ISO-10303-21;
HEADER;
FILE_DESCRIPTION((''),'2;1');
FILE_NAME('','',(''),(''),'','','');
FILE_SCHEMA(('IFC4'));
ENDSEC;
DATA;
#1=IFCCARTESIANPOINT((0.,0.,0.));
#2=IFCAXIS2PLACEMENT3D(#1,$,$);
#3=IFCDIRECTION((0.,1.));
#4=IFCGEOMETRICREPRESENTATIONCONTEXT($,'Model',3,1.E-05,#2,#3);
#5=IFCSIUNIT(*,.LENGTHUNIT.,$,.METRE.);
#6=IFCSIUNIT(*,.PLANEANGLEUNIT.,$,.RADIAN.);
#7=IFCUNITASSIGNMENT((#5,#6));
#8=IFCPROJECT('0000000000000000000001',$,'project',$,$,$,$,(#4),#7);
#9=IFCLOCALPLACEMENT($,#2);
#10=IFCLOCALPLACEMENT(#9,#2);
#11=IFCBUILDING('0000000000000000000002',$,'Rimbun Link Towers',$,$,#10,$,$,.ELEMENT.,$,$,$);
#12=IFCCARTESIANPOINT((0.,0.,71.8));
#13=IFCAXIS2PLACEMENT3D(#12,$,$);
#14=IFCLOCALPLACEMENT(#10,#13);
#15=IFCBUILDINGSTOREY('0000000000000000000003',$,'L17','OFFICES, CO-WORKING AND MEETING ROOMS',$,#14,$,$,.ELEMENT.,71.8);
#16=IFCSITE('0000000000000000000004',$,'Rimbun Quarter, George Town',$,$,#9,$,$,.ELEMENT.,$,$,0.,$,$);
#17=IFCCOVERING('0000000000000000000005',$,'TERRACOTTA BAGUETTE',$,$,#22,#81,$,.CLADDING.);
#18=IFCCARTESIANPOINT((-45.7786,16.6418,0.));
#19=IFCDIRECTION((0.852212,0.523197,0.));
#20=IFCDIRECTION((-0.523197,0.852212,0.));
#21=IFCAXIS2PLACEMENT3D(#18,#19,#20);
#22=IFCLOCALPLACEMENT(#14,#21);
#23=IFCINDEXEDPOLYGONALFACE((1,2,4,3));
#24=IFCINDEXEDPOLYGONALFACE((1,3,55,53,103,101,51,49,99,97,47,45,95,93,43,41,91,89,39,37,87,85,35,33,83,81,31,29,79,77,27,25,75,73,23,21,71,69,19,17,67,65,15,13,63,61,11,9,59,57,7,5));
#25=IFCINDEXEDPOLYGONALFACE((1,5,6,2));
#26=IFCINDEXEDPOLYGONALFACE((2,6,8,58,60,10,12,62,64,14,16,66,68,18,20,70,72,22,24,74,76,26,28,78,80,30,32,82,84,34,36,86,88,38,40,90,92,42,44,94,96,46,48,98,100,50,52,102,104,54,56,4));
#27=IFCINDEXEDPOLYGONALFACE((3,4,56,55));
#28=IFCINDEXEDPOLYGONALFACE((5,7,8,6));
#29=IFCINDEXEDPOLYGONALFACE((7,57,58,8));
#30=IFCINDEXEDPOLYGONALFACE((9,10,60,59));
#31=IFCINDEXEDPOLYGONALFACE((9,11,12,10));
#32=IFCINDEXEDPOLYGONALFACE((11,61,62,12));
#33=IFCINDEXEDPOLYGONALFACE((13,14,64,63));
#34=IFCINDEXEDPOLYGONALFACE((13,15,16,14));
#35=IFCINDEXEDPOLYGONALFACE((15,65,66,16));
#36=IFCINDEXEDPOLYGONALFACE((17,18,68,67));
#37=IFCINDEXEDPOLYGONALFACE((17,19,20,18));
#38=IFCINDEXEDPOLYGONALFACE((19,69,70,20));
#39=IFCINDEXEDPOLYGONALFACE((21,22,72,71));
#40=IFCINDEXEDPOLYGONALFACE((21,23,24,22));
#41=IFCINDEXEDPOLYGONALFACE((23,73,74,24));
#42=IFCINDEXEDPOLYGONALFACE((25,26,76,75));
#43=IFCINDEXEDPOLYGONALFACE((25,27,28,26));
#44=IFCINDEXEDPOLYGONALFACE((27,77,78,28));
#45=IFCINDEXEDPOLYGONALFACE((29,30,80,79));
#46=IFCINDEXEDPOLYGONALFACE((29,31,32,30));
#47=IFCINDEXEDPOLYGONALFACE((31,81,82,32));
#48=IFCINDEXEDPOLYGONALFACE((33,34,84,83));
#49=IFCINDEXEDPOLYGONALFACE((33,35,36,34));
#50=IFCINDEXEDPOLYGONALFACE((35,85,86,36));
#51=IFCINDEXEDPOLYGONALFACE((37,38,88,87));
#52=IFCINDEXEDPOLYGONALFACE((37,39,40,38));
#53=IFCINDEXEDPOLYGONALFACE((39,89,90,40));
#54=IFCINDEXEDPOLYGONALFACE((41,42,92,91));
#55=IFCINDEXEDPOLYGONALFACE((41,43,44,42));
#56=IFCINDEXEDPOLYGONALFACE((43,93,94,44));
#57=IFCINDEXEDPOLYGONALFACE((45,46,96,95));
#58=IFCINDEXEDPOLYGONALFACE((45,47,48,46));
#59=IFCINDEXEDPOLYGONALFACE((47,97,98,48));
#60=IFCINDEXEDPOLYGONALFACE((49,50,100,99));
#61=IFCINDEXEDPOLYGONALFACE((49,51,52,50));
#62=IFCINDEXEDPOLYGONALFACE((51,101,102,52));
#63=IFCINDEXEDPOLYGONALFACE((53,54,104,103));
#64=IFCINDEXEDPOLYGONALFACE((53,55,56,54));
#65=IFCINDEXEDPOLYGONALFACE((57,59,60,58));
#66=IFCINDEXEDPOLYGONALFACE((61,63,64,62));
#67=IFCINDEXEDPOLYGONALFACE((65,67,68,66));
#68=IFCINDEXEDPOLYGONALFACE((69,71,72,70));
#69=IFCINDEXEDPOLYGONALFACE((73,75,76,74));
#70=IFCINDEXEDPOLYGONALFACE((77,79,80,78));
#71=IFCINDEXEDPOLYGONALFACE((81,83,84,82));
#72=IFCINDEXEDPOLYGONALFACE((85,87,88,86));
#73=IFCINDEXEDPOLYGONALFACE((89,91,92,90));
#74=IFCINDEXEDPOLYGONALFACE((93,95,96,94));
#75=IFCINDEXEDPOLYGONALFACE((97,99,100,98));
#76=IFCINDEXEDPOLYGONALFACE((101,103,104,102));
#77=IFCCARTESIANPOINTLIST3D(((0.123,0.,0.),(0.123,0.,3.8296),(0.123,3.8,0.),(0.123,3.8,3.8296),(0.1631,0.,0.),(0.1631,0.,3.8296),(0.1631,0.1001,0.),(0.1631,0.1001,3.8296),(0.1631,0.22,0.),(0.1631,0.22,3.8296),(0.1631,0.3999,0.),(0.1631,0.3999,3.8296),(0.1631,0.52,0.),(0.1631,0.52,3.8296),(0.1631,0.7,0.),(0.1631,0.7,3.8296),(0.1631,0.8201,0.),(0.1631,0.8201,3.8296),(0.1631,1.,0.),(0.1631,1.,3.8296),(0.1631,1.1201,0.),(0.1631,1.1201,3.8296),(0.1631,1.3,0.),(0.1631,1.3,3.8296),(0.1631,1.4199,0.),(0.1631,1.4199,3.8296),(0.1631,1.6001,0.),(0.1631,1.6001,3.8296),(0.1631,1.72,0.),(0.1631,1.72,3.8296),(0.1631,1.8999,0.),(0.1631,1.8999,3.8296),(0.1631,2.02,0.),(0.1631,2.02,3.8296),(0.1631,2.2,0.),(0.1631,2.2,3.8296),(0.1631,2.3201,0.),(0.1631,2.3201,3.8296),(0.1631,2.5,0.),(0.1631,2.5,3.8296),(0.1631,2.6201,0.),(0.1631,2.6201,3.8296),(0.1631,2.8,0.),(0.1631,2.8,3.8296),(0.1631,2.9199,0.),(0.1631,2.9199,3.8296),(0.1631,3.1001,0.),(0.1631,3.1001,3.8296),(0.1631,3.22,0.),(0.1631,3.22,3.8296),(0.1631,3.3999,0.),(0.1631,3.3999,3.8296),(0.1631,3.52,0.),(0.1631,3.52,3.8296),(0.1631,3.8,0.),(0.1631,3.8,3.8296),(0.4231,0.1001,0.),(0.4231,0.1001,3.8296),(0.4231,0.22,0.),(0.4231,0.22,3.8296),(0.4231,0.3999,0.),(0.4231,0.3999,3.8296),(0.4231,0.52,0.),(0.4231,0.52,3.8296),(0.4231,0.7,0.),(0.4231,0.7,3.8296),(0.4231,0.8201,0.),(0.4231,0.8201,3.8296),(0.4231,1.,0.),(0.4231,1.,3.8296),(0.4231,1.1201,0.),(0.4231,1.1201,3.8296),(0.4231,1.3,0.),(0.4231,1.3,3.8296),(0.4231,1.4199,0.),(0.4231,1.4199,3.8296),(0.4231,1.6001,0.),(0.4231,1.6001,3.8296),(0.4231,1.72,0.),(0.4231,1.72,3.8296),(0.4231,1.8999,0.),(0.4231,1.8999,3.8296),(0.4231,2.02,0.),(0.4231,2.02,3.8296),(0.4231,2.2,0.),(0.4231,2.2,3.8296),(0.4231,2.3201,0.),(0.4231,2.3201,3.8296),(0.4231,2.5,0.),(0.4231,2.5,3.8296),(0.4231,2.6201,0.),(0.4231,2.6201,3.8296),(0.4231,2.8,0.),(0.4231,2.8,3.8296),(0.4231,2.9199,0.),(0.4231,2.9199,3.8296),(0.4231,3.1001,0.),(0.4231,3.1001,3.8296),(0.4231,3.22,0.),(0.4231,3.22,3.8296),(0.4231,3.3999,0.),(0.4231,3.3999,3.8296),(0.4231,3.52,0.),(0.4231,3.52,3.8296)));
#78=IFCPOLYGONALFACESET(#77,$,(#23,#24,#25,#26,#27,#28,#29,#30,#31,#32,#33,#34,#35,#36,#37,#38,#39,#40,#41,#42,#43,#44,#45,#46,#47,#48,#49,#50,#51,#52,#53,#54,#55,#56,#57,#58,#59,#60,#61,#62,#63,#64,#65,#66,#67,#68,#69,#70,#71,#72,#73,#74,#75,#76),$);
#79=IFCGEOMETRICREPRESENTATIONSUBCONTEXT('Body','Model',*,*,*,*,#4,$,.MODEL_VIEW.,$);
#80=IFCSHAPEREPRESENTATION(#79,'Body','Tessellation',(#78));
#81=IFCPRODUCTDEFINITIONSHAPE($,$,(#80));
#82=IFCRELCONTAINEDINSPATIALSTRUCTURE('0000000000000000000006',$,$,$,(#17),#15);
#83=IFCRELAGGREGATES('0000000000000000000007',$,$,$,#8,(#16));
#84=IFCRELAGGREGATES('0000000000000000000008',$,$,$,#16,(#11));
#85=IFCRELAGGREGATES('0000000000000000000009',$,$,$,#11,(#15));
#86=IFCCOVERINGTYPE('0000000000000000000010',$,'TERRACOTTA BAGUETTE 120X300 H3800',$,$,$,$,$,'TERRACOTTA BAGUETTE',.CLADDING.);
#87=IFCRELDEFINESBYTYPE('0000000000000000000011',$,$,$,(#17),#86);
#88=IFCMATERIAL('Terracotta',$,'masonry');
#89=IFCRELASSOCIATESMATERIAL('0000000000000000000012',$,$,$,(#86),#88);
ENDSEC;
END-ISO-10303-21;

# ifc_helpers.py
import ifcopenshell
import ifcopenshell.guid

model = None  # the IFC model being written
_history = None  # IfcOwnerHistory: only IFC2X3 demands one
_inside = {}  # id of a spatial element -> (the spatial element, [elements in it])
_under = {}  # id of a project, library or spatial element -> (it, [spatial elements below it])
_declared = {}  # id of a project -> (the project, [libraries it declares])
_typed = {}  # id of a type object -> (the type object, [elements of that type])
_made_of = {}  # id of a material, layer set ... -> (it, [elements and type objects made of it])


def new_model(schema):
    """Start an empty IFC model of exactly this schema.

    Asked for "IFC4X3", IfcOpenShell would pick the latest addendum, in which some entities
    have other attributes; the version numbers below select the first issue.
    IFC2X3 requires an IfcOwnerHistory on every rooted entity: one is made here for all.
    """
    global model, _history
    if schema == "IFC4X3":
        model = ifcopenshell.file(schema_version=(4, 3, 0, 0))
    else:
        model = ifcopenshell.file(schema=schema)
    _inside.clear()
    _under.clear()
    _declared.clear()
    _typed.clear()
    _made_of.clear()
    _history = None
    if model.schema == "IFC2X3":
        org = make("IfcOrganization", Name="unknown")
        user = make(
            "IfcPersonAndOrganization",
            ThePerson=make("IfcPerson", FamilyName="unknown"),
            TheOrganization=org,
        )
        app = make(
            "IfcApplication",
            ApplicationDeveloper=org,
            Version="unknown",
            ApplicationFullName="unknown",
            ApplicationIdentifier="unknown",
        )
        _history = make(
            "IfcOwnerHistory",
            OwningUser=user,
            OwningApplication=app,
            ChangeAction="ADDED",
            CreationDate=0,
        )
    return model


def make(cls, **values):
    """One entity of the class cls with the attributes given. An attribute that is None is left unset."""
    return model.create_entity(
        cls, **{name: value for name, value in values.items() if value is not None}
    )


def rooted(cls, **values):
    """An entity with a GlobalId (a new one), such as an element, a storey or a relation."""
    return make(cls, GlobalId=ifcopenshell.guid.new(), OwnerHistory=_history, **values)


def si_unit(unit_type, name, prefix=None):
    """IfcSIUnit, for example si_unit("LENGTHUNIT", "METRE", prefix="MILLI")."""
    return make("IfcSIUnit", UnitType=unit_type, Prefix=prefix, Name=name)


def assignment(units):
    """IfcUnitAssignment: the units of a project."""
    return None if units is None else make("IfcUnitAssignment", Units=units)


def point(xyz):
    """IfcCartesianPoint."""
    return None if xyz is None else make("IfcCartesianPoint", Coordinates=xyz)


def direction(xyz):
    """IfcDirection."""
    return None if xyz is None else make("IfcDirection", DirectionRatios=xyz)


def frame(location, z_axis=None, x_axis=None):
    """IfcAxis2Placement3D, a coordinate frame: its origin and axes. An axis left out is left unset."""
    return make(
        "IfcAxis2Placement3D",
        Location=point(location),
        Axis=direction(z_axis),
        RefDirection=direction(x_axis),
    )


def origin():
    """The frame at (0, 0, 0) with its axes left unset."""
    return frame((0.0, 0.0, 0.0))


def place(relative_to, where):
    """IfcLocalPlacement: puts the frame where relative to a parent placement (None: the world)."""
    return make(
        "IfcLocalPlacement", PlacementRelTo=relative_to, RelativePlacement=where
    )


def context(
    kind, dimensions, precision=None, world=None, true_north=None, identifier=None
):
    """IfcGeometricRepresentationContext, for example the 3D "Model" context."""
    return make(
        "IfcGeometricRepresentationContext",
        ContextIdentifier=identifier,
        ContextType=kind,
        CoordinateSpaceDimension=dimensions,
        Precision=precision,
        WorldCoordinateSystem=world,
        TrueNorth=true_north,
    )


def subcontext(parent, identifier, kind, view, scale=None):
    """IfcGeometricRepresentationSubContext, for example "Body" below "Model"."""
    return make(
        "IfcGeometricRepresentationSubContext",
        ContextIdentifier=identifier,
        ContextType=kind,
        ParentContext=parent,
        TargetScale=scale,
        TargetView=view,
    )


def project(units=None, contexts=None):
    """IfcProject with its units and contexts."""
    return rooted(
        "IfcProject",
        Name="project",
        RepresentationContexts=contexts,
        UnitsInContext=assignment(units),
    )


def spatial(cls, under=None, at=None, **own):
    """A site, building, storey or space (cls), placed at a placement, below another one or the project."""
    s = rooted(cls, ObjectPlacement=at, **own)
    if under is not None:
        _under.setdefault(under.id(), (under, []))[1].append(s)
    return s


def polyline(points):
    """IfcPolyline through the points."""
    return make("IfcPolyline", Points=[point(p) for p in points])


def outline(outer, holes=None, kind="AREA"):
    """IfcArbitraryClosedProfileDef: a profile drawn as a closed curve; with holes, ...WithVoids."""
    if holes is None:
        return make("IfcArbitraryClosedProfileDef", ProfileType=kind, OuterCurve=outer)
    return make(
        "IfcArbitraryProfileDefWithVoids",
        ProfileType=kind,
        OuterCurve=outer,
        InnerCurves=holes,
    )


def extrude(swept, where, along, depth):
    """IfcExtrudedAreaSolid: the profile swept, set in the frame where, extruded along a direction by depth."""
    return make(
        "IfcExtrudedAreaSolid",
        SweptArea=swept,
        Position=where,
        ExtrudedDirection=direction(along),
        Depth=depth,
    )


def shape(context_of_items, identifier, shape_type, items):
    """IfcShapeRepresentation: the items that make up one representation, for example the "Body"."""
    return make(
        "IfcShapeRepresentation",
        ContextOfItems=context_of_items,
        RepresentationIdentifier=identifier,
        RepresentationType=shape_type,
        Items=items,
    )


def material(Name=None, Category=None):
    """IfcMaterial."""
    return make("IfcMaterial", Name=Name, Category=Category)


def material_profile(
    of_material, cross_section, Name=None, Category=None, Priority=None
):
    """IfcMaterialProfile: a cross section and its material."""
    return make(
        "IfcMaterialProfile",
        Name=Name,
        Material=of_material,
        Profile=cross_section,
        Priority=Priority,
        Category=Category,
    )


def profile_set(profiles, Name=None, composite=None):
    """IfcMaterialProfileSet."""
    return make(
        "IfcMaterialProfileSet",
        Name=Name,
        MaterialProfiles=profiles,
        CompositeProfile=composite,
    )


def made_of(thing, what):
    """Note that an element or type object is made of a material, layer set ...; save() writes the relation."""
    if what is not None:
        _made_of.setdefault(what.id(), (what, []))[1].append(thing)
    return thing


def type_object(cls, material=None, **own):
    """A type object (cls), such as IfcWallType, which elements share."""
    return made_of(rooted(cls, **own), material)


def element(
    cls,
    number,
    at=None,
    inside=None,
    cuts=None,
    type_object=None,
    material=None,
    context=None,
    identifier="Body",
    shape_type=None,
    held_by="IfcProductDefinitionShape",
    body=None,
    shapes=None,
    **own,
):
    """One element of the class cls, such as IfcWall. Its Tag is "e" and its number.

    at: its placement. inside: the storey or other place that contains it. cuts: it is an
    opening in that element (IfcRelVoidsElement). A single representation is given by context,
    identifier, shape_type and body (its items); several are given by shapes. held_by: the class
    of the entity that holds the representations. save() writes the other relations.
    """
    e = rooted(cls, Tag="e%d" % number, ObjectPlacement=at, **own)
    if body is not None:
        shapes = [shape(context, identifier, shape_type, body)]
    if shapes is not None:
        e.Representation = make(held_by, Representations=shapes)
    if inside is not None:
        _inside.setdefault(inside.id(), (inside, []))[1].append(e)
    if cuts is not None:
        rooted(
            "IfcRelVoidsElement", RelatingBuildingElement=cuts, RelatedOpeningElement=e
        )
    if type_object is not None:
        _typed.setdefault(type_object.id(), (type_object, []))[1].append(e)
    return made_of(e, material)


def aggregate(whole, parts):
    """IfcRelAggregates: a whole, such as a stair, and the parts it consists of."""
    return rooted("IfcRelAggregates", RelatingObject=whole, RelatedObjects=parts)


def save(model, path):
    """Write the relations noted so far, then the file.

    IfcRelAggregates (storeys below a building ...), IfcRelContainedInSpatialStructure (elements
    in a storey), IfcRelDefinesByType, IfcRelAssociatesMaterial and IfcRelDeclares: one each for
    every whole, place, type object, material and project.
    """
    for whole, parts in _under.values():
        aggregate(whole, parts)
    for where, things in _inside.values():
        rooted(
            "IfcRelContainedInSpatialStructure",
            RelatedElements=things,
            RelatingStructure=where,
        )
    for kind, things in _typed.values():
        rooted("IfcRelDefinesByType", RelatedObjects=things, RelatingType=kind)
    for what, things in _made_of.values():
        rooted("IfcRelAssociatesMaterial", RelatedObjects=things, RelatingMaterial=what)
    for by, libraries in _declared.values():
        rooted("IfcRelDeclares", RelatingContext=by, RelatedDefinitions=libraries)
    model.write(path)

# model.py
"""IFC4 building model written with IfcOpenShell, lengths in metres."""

from ifc_helpers import new_model, si_unit, direction, frame, origin, place, context, subcontext, project, spatial, polyline, outline, extrude, material, material_profile, profile_set, type_object, element, save


model = new_model("IFC4")

# Units and contexts
model_context = context("Model", 3, precision=1e-05, world=origin(), true_north=direction((0.0, 1.0)))
body_context = subcontext(model_context, "Body", "Model", "MODEL_VIEW")
ifc_project = project(units=[si_unit("LENGTHUNIT", "METRE"), si_unit("PLANEANGLEUNIT", "RADIAN")], contexts=[model_context])

# Site, building, storey
site_placement = place(None, origin())
site = spatial("IfcSite", under=ifc_project, at=site_placement, Name="Rimbun Quarter, George Town", CompositionType="ELEMENT", RefElevation=0.0)
building_placement = place(site_placement, origin())
building = spatial("IfcBuilding", under=site, at=building_placement, Name="Rimbun Link Towers", CompositionType="ELEMENT")
storey_placement = place(building_placement, frame((0.0, 0.0, 71.8)))
storey = spatial("IfcBuildingStorey", under=building, at=storey_placement, Name="L17", Description="OFFICES, CO-WORKING AND MEETING ROOMS", CompositionType="ELEMENT", Elevation=71.8)

# Covering
ifc_material_1 = material(Name="Terracotta", Category="masonry")
ifc_material_profile_1 = material_profile(ifc_material_1, outline(polyline([(0.123, 0.0), (0.1631, 0.0), (0.1631, 0.1001), (0.4231, 0.1001), (0.4231, 0.22), (0.1631, 0.22), (0.1631, 0.3999), (0.4231, 0.3999), (0.4231, 0.52), (0.1631, 0.52), (0.1631, 0.7), (0.4231, 0.7), (0.4231, 0.8201), (0.1631, 0.8201), (0.1631, 1.0), (0.4231, 1.0), (0.4231, 1.1201), (0.1631, 1.1201), (0.1631, 1.3), (0.4231, 1.3), (0.4231, 1.4199), (0.1631, 1.4199), (0.1631, 1.6001), (0.4231, 1.6001), (0.4231, 1.72), (0.1631, 1.72), (0.1631, 1.8999), (0.4231, 1.8999), (0.4231, 2.02), (0.1631, 2.02), (0.1631, 2.2), (0.4231, 2.2), (0.4231, 2.3201), (0.1631, 2.3201), (0.1631, 2.5), (0.4231, 2.5), (0.4231, 2.6201), (0.1631, 2.6201), (0.1631, 2.8), (0.4231, 2.8), (0.4231, 2.9199), (0.1631, 2.9199), (0.1631, 3.1001), (0.4231, 3.1001), (0.4231, 3.22), (0.1631, 3.22), (0.1631, 3.3999), (0.4231, 3.3999), (0.4231, 3.52), (0.1631, 3.52), (0.1631, 3.8), (0.123, 3.8), (0.123, 0.0)])), Name="BAGUETTE 120X300")
ifc_profile_set_1 = profile_set([ifc_material_profile_1], Name="Terracotta")
covering_type = type_object("IfcCoveringType", Name="TERRACOTTA BAGUETTE 120X300 H3800", ElementType="TERRACOTTA BAGUETTE", PredefinedType="CLADDING", material=ifc_profile_set_1)
covering_1_placement = place(storey_placement, frame((-45.7786, 16.6418, 0.0), z_axis=(0.852212, 0.523197, 0.0), x_axis=(-0.523197, 0.852212, 0.0)))
element("IfcCovering", 1, at=covering_1_placement, inside=storey, type_object=covering_type, Name="TERRACOTTA BAGUETTE", PredefinedType="CLADDING", context=body_context, shape_type="SweptSolid", body=[
    extrude(outline(polyline([(0.123, 0.0), (0.1631, 0.0), (0.1631, 0.1001), (0.4231, 0.1001), (0.4231, 0.22), (0.1631, 0.22), (0.1631, 0.3999), (0.4231, 0.3999), (0.4231, 0.52), (0.1631, 0.52), (0.1631, 0.7), (0.4231, 0.7), (0.4231, 0.8201), (0.1631, 0.8201), (0.1631, 1.0), (0.4231, 1.0), (0.4231, 1.1201), (0.1631, 1.1201), (0.1631, 1.3), (0.4231, 1.3), (0.4231, 1.4199), (0.1631, 1.4199), (0.1631, 1.6001), (0.4231, 1.6001), (0.4231, 1.72), (0.1631, 1.72), (0.1631, 1.8999), (0.4231, 1.8999), (0.4231, 2.02), (0.1631, 2.02), (0.1631, 2.2), (0.4231, 2.2), (0.4231, 2.3201), (0.1631, 2.3201), (0.1631, 2.5), (0.4231, 2.5), (0.4231, 2.6201), (0.1631, 2.6201), (0.1631, 2.8), (0.4231, 2.8), (0.4231, 2.9199), (0.1631, 2.9199), (0.1631, 3.1001), (0.4231, 3.1001), (0.4231, 3.22), (0.1631, 3.22), (0.1631, 3.3999), (0.4231, 3.3999), (0.4231, 3.52), (0.1631, 3.52), (0.1631, 3.8), (0.123, 3.8), (0.123, 0.0)])), origin(), (0.0, 0.0, 1.0), 3.8296),
])

save(model, "model.ifc")
